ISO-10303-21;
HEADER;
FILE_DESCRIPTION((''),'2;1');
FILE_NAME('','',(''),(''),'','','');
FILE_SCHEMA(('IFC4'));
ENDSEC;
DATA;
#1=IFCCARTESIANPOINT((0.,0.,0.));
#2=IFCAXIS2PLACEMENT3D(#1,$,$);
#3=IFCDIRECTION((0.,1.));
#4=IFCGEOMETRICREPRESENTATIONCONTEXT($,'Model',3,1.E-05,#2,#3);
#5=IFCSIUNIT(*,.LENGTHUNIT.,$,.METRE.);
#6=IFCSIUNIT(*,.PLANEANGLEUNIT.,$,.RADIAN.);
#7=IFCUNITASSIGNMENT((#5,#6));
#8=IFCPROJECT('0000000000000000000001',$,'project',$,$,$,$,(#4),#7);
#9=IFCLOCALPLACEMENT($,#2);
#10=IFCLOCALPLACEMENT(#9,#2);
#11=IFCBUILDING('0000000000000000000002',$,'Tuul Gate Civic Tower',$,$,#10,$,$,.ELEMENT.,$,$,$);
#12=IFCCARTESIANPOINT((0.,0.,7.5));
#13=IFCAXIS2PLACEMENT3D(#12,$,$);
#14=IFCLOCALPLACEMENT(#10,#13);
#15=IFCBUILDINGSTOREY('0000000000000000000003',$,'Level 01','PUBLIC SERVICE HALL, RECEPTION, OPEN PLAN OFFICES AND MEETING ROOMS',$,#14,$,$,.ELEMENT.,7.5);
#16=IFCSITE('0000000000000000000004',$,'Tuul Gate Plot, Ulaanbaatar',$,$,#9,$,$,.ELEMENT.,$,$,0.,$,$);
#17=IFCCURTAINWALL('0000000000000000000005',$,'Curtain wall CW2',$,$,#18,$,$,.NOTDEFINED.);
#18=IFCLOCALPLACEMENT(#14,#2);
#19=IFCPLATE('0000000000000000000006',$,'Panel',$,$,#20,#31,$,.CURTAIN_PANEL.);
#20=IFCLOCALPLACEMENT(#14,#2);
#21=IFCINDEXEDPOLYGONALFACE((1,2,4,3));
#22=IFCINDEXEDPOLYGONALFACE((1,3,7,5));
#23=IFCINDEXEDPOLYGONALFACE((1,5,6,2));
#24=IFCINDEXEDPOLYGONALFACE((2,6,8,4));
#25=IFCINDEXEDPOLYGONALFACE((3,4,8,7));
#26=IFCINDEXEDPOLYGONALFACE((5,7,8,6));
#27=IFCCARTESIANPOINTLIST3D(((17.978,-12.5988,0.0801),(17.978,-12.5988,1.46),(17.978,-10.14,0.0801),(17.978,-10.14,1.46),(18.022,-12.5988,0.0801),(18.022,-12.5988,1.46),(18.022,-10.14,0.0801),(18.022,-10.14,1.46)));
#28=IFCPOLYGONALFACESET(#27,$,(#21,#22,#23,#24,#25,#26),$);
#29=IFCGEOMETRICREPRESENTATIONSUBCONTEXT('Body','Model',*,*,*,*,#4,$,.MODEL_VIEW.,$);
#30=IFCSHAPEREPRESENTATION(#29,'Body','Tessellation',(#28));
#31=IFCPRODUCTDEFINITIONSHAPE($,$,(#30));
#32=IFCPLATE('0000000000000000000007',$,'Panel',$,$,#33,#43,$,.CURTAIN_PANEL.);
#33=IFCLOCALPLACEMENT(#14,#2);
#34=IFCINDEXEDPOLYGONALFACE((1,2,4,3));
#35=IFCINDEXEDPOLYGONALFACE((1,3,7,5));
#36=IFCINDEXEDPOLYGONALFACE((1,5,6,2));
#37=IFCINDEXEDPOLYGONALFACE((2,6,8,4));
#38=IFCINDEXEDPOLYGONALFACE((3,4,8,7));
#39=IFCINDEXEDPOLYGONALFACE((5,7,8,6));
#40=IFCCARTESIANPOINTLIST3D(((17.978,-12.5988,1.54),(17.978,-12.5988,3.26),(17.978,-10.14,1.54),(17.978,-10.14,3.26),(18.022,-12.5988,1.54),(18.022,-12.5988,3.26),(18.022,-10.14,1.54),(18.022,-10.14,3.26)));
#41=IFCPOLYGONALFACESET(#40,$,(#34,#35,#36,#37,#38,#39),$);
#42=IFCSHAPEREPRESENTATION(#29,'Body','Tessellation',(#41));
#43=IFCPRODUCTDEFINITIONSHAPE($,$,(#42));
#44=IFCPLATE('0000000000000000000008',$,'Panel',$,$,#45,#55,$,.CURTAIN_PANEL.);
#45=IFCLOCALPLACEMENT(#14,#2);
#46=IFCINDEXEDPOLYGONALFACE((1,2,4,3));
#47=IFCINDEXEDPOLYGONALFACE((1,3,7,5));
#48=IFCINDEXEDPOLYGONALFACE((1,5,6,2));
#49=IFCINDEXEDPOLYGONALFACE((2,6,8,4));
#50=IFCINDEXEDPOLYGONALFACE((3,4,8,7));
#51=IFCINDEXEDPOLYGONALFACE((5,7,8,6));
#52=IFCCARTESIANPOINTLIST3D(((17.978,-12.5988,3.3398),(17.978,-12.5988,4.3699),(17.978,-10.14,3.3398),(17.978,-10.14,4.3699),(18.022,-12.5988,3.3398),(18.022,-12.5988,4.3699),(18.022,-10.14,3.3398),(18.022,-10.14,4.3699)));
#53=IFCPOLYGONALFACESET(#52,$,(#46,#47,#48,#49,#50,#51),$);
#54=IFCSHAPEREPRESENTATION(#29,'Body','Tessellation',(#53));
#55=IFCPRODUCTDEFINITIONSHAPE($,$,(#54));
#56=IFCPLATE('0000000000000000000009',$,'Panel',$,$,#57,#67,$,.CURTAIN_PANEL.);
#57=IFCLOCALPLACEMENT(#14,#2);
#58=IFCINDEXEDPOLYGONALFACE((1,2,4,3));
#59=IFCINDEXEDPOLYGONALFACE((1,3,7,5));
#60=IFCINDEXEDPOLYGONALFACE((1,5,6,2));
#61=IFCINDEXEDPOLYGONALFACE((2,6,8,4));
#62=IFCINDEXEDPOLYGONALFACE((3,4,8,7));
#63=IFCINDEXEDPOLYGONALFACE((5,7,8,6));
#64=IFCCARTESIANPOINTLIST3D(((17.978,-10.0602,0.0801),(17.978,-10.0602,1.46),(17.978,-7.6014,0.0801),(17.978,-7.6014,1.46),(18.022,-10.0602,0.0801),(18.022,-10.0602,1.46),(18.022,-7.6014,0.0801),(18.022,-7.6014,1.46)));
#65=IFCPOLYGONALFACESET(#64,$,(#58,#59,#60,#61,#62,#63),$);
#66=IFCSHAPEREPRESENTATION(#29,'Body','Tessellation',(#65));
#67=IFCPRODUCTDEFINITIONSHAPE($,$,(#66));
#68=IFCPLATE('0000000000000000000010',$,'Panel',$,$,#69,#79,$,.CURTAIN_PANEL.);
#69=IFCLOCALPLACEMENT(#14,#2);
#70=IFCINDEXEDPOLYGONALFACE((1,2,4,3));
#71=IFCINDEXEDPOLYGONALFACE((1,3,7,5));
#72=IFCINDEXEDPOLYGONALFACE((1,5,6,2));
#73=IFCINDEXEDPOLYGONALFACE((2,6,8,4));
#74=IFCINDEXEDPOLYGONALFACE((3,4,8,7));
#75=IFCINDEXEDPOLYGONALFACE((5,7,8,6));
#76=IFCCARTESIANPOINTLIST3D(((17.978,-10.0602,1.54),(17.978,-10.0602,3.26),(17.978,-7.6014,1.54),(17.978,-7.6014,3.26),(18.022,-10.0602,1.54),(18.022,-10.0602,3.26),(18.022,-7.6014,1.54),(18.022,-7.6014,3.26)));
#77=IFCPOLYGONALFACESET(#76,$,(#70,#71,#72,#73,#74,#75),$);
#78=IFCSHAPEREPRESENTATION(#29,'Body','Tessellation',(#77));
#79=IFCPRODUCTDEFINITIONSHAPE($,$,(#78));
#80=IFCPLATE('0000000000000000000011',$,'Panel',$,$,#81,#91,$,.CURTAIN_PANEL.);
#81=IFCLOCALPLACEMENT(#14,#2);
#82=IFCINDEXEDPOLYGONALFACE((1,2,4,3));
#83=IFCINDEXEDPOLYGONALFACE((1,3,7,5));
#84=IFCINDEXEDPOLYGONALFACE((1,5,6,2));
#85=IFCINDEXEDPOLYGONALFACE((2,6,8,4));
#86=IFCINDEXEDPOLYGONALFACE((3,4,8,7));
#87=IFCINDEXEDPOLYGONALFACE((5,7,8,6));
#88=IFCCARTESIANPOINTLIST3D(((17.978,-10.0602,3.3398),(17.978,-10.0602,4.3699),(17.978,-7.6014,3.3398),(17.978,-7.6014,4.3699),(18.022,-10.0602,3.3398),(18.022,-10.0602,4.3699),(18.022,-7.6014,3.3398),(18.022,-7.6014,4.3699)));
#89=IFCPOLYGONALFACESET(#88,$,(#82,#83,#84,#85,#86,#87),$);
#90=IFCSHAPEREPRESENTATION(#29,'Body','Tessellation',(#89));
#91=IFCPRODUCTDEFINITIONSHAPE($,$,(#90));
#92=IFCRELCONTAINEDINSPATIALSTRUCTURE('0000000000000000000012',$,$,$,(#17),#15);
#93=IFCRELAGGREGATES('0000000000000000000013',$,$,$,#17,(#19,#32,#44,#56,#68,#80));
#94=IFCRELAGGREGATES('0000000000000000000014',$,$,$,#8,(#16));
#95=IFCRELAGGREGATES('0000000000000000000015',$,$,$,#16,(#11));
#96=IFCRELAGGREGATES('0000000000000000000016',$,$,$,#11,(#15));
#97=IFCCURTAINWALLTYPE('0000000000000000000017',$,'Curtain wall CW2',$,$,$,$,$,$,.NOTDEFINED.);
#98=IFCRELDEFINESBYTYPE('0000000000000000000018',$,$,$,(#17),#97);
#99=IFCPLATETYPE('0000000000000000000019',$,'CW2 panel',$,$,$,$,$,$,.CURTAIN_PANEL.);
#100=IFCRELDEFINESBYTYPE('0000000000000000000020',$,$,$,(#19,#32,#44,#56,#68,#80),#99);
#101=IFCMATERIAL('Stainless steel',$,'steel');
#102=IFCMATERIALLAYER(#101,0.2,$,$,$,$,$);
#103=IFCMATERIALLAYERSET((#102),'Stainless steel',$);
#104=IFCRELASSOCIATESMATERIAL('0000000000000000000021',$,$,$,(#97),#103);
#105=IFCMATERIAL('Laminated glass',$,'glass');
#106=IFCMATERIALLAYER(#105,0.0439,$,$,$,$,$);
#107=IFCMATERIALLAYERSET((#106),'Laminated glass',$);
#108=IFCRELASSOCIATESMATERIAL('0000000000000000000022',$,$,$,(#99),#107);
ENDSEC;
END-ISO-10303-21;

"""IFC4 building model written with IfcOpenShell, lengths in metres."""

from ifc_helpers import new_model, si_unit, direction, frame, origin, origin_2d, place, context, subcontext, project, spatial, rectangle, extrude, material, layer, layer_set, type_object, element, aggregate, save


model = new_model("IFC4")

# Units and contexts
model_context = context("Model", 3, precision=1e-05, world=origin(), true_north=direction((0.0, 1.0)))
body_context = subcontext(model_context, "Body", "Model", "MODEL_VIEW")
ifc_project = project(units=[si_unit("LENGTHUNIT", "METRE"), si_unit("PLANEANGLEUNIT", "RADIAN")], contexts=[model_context])

# Site, building, storey
site_placement = place(None, origin())
site = spatial("IfcSite", under=ifc_project, at=site_placement, Name="Tuul Gate Plot, Ulaanbaatar", CompositionType="ELEMENT", RefElevation=0.0)
building_placement = place(site_placement, origin())
building = spatial("IfcBuilding", under=site, at=building_placement, Name="Tuul Gate Civic Tower", CompositionType="ELEMENT")
storey_placement = place(building_placement, frame((0.0, 0.0, 7.5)))
storey = spatial("IfcBuildingStorey", under=building, at=storey_placement, Name="Level 01", Description="PUBLIC SERVICE HALL, RECEPTION, OPEN PLAN OFFICES AND MEETING ROOMS", CompositionType="ELEMENT", Elevation=7.5)

# Curtain wall
ifc_material_1 = material(Name="Stainless steel", Category="steel")
ifc_layer_1 = layer(ifc_material_1, 0.2)
ifc_layer_set_1 = layer_set([ifc_layer_1], Name="Stainless steel")
curtain_wall_type = type_object("IfcCurtainWallType", Name="Curtain wall CW2", PredefinedType="NOTDEFINED", material=ifc_layer_set_1)
curtain_wall_1_placement = place(storey_placement, origin())
curtain_wall_1 = element("IfcCurtainWall", 1, at=curtain_wall_1_placement, inside=storey, type_object=curtain_wall_type, Name="Curtain wall CW2", PredefinedType="NOTDEFINED")

# Plates
ifc_material_2 = material(Name="Laminated glass", Category="glass")
ifc_layer_2 = layer(ifc_material_2, 0.0439)
ifc_layer_set_2 = layer_set([ifc_layer_2], Name="Laminated glass")
plate_type = type_object("IfcPlateType", Name="CW2 panel", PredefinedType="CURTAIN_PANEL", material=ifc_layer_set_2)
plate_1_placement = place(storey_placement, frame((18.0, -11.3694, 0.0801), z_axis=(0.0, 0.0, 1.0), x_axis=(0.0, 1.0, 0.0)))
plate_1 = element("IfcPlate", 2, at=plate_1_placement, type_object=plate_type, Name="Panel", PredefinedType="CURTAIN_PANEL", context=body_context, shape_type="SweptSolid", body=[
    extrude(rectangle(XDim=2.4587, YDim=0.0439, at=origin_2d()), origin(), (0.0, 0.0, 1.0), 1.3799),
])
plate_2_placement = place(storey_placement, frame((18.0, -11.3694, 1.54), z_axis=(0.0, 0.0, 1.0), x_axis=(0.0, 1.0, 0.0)))
plate_2 = element("IfcPlate", 3, at=plate_2_placement, type_object=plate_type, Name="Panel", PredefinedType="CURTAIN_PANEL", context=body_context, shape_type="SweptSolid", body=[
    extrude(rectangle(XDim=2.4587, YDim=0.0439, at=origin_2d()), origin(), (0.0, 0.0, 1.0), 1.72),
])
plate_3_placement = place(storey_placement, frame((18.0, -11.3694, 3.3398), z_axis=(0.0, 0.0, 1.0), x_axis=(0.0, 1.0, 0.0)))
plate_3 = element("IfcPlate", 4, at=plate_3_placement, type_object=plate_type, Name="Panel", PredefinedType="CURTAIN_PANEL", context=body_context, shape_type="SweptSolid", body=[
    extrude(rectangle(XDim=2.4587, YDim=0.0439, at=origin_2d()), origin(), (0.0, 0.0, 1.0), 1.03),
])
plate_4_placement = place(storey_placement, frame((18.0, -8.8308, 0.0801), z_axis=(0.0, 0.0, 1.0), x_axis=(0.0, 1.0, 0.0)))
plate_4 = element("IfcPlate", 5, at=plate_4_placement, type_object=plate_type, Name="Panel", PredefinedType="CURTAIN_PANEL", context=body_context, shape_type="SweptSolid", body=[
    extrude(rectangle(XDim=2.4587, YDim=0.0439, at=origin_2d()), origin(), (0.0, 0.0, 1.0), 1.3799),
])
plate_5_placement = place(storey_placement, frame((18.0, -8.8308, 1.54), z_axis=(0.0, 0.0, 1.0), x_axis=(0.0, 1.0, 0.0)))
plate_5 = element("IfcPlate", 6, at=plate_5_placement, type_object=plate_type, Name="Panel", PredefinedType="CURTAIN_PANEL", context=body_context, shape_type="SweptSolid", body=[
    extrude(rectangle(XDim=2.4587, YDim=0.0439, at=origin_2d()), origin(), (0.0, 0.0, 1.0), 1.72),
])
plate_6_placement = place(storey_placement, frame((18.0, -8.8308, 3.3398), z_axis=(0.0, 0.0, 1.0), x_axis=(0.0, 1.0, 0.0)))
plate_6 = element("IfcPlate", 7, at=plate_6_placement, type_object=plate_type, Name="Panel", PredefinedType="CURTAIN_PANEL", context=body_context, shape_type="SweptSolid", body=[
    extrude(rectangle(XDim=2.4587, YDim=0.0439, at=origin_2d()), origin(), (0.0, 0.0, 1.0), 1.03),
])
aggregate(curtain_wall_1, [plate_1, plate_2, plate_3, plate_4, plate_5, plate_6])

save(model, "model.ifc")
